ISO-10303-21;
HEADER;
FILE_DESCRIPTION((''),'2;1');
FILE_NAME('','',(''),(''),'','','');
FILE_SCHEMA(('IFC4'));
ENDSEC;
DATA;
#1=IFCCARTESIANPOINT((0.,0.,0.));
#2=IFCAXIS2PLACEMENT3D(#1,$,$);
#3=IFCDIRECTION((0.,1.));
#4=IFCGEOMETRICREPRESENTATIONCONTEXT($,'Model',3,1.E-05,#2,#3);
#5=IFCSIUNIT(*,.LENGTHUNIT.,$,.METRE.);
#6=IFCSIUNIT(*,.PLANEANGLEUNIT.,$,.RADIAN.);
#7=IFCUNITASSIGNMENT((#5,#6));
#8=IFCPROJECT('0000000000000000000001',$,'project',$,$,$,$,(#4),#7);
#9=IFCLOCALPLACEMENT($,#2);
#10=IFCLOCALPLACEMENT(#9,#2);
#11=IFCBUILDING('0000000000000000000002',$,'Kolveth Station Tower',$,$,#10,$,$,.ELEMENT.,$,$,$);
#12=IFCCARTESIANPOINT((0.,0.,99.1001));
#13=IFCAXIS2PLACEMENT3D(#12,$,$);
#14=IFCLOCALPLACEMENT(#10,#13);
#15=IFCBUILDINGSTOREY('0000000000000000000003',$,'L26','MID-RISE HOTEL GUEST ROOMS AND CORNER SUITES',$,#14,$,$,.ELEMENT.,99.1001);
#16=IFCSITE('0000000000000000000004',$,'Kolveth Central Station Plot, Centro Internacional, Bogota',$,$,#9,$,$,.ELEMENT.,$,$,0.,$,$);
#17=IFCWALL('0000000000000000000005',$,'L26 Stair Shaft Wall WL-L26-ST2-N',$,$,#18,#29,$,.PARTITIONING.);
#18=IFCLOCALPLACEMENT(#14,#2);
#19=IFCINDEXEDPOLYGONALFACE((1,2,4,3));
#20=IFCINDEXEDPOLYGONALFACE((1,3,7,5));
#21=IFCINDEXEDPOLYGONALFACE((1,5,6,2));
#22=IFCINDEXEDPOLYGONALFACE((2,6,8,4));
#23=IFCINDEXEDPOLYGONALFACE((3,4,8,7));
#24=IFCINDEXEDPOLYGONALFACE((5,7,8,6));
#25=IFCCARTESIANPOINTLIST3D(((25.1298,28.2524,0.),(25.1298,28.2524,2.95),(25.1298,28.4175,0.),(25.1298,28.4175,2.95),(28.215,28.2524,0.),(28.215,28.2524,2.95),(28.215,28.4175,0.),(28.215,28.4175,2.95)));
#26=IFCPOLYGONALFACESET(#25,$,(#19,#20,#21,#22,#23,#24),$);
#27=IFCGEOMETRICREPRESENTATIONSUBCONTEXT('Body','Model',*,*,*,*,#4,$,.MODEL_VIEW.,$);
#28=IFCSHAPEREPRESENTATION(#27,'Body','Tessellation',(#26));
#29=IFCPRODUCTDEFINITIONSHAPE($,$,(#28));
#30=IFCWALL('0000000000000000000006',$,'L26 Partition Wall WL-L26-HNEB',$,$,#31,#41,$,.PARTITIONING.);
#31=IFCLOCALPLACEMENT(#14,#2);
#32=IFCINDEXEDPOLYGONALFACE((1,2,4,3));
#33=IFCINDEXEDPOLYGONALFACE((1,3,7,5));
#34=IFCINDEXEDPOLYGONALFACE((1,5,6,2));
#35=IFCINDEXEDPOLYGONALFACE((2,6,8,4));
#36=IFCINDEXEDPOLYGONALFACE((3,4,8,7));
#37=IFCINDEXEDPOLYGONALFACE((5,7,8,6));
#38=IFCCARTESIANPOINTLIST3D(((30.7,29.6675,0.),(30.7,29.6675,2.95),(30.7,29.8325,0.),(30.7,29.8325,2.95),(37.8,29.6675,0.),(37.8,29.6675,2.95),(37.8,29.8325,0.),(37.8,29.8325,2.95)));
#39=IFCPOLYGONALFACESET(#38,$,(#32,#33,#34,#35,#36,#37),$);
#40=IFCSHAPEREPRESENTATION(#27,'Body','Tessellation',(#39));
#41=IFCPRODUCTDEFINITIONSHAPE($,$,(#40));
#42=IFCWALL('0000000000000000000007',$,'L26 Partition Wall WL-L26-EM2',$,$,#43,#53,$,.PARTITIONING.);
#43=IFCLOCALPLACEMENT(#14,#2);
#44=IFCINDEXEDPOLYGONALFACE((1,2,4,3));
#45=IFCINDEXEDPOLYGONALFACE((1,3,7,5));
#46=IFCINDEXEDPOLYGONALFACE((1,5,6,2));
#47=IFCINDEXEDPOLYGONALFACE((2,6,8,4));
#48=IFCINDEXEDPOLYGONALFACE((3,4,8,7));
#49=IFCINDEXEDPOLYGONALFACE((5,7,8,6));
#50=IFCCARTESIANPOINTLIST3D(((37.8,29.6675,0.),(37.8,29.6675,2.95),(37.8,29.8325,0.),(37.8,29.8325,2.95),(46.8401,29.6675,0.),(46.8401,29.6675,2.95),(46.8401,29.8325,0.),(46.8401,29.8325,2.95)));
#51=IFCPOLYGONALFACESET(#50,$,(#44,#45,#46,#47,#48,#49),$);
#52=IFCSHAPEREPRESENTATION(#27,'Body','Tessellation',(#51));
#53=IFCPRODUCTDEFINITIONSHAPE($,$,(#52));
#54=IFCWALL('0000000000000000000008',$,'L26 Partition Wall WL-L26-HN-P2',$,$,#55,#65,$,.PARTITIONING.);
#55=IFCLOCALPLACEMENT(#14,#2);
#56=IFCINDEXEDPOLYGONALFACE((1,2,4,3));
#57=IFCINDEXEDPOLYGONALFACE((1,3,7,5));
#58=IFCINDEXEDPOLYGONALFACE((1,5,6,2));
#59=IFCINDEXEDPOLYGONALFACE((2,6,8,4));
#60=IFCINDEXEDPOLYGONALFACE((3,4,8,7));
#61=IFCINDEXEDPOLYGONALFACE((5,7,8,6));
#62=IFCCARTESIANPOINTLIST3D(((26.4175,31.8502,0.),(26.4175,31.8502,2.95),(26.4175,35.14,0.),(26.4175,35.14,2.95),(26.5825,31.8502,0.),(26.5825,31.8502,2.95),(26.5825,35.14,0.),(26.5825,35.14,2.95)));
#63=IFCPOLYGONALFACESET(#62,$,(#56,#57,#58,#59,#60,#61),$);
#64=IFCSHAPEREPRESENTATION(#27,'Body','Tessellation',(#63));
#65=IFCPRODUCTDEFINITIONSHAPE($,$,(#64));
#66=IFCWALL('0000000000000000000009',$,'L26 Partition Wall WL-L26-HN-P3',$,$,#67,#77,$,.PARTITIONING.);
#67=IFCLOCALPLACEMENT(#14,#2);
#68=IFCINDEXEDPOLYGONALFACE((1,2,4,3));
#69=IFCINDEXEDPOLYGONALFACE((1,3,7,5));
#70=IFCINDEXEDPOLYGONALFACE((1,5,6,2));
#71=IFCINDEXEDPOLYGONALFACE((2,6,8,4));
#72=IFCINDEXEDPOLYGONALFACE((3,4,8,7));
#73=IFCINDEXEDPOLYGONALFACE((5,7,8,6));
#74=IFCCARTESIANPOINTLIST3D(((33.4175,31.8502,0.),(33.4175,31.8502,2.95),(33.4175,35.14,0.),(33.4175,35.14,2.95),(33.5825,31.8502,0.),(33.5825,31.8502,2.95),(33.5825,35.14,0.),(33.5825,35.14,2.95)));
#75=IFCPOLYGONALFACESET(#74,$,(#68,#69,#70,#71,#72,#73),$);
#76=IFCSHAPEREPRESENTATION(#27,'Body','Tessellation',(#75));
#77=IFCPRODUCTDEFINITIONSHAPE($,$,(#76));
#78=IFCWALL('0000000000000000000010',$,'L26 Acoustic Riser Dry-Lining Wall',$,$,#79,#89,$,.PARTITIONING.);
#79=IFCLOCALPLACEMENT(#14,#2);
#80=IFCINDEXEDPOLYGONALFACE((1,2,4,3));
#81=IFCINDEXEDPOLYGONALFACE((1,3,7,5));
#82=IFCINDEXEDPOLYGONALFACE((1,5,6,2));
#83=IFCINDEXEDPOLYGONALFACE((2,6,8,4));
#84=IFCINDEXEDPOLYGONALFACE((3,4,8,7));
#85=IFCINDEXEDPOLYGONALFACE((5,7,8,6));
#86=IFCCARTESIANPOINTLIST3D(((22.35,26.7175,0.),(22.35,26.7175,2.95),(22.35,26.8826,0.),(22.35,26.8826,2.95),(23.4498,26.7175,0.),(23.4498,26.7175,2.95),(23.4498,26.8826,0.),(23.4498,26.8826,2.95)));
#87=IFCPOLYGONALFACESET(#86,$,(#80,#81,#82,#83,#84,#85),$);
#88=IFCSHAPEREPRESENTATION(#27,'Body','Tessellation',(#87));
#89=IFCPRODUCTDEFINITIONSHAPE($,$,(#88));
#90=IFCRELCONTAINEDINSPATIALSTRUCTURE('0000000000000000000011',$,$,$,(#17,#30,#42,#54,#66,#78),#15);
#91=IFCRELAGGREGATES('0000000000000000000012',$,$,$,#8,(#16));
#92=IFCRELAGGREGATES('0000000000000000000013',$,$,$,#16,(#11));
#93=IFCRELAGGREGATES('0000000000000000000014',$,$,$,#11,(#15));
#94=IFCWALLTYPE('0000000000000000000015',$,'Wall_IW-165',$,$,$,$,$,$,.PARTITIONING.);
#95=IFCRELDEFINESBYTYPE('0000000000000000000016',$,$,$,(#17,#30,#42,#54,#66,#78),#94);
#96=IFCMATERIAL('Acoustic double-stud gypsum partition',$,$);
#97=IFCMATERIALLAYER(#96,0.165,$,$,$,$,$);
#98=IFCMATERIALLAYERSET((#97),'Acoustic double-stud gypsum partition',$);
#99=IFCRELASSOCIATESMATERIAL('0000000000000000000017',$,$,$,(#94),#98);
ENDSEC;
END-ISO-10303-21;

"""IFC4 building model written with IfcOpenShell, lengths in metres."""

from ifc_helpers import new_model, si_unit, direction, frame, frame_2d, origin, place, context, subcontext, project, spatial, rectangle, extrude, material, layer, layer_set, type_object, element, save


model = new_model("IFC4")

# Units and contexts
model_context = context("Model", 3, precision=1e-05, world=origin(), true_north=direction((0.0, 1.0)))
body_context = subcontext(model_context, "Body", "Model", "MODEL_VIEW")
ifc_project = project(units=[si_unit("LENGTHUNIT", "METRE"), si_unit("PLANEANGLEUNIT", "RADIAN")], contexts=[model_context])

# Site, building, storey
site_placement = place(None, origin())
site = spatial("IfcSite", under=ifc_project, at=site_placement, Name="Kolveth Central Station Plot, Centro Internacional, Bogota", CompositionType="ELEMENT", RefElevation=0.0)
building_placement = place(site_placement, origin())
building = spatial("IfcBuilding", under=site, at=building_placement, Name="Kolveth Station Tower", CompositionType="ELEMENT")
storey_placement = place(building_placement, frame((0.0, 0.0, 99.1001)))
storey = spatial("IfcBuildingStorey", under=building, at=storey_placement, Name="L26", Description="MID-RISE HOTEL GUEST ROOMS AND CORNER SUITES", CompositionType="ELEMENT", Elevation=99.1001)

# Walls
ifc_material_1 = material(Name="Acoustic double-stud gypsum partition")
ifc_layer_1 = layer(ifc_material_1, 0.165)
ifc_layer_set_1 = layer_set([ifc_layer_1], Name="Acoustic double-stud gypsum partition")
wall_type = type_object("IfcWallType", Name="Wall_IW-165", PredefinedType="PARTITIONING", material=ifc_layer_set_1)
wall_1_placement = place(storey_placement, frame((25.1299, 28.335, 0.0), z_axis=(0.0, 0.0, 1.0), x_axis=(1.0, 0.0, 0.0)))
element("IfcWall", 1, at=wall_1_placement, inside=storey, type_object=wall_type, Name="L26 Stair Shaft Wall WL-L26-ST2-N", PredefinedType="PARTITIONING", context=body_context, shape_type="SweptSolid", body=[
    extrude(rectangle(XDim=3.0852, YDim=0.165, at=frame_2d((1.5425, 0.0))), origin(), (0.0, 0.0, 1.0), 2.95),
])
wall_2_placement = place(storey_placement, frame((30.7, 29.75, 0.0), z_axis=(0.0, 0.0, 1.0), x_axis=(1.0, 0.0, 0.0)))
element("IfcWall", 2, at=wall_2_placement, inside=storey, type_object=wall_type, Name="L26 Partition Wall WL-L26-HNEB", PredefinedType="PARTITIONING", context=body_context, shape_type="SweptSolid", body=[
    extrude(rectangle(XDim=7.1001, YDim=0.165, at=frame_2d((3.55, 0.0))), origin(), (0.0, 0.0, 1.0), 2.95),
])

# Walls
wall_3_placement = place(storey_placement, frame((37.8, 29.75, 0.0), z_axis=(0.0, 0.0, 1.0), x_axis=(1.0, 0.0, 0.0)))
element("IfcWall", 3, at=wall_3_placement, inside=storey, type_object=wall_type, Name="L26 Partition Wall WL-L26-EM2", PredefinedType="PARTITIONING", context=body_context, shape_type="SweptSolid", body=[
    extrude(rectangle(XDim=9.04, YDim=0.165, at=frame_2d((4.52, 0.0))), origin(), (0.0, 0.0, 1.0), 2.95),
])
for number, where, z_axis, x_axis, name in (
    (4, (26.5, 31.8501, 0.0), (0.0, 0.0, 1.0), (0.0, 1.0, 0.0), "L26 Partition Wall WL-L26-HN-P2"),
    (5, (33.5, 31.8501, 0.0), (0.0, 0.0, 1.0), (0.0, 1.0, 0.0), "L26 Partition Wall WL-L26-HN-P3"),
):
    element("IfcWall", number, at=place(storey_placement, frame(where, z_axis=z_axis, x_axis=x_axis)), inside=storey, type_object=wall_type, Name=name, PredefinedType="PARTITIONING", context=body_context, shape_type="SweptSolid", body=[
        extrude(rectangle(XDim=3.2898, YDim=0.165, at=frame_2d((1.645, 0.0))), origin(), (0.0, 0.0, 1.0), 2.95),
    ])
wall_4_placement = place(storey_placement, frame((22.3501, 26.8, 0.0), z_axis=(0.0, 0.0, 1.0), x_axis=(1.0, 0.0, 0.0)))
element("IfcWall", 6, at=wall_4_placement, inside=storey, type_object=wall_type, Name="L26 Acoustic Riser Dry-Lining Wall", PredefinedType="PARTITIONING", context=body_context, shape_type="SweptSolid", body=[
    extrude(rectangle(XDim=1.0999, YDim=0.165, at=frame_2d((0.5498, 0.0))), origin(), (0.0, 0.0, 1.0), 2.95),
])

save(model, "model.ifc")
